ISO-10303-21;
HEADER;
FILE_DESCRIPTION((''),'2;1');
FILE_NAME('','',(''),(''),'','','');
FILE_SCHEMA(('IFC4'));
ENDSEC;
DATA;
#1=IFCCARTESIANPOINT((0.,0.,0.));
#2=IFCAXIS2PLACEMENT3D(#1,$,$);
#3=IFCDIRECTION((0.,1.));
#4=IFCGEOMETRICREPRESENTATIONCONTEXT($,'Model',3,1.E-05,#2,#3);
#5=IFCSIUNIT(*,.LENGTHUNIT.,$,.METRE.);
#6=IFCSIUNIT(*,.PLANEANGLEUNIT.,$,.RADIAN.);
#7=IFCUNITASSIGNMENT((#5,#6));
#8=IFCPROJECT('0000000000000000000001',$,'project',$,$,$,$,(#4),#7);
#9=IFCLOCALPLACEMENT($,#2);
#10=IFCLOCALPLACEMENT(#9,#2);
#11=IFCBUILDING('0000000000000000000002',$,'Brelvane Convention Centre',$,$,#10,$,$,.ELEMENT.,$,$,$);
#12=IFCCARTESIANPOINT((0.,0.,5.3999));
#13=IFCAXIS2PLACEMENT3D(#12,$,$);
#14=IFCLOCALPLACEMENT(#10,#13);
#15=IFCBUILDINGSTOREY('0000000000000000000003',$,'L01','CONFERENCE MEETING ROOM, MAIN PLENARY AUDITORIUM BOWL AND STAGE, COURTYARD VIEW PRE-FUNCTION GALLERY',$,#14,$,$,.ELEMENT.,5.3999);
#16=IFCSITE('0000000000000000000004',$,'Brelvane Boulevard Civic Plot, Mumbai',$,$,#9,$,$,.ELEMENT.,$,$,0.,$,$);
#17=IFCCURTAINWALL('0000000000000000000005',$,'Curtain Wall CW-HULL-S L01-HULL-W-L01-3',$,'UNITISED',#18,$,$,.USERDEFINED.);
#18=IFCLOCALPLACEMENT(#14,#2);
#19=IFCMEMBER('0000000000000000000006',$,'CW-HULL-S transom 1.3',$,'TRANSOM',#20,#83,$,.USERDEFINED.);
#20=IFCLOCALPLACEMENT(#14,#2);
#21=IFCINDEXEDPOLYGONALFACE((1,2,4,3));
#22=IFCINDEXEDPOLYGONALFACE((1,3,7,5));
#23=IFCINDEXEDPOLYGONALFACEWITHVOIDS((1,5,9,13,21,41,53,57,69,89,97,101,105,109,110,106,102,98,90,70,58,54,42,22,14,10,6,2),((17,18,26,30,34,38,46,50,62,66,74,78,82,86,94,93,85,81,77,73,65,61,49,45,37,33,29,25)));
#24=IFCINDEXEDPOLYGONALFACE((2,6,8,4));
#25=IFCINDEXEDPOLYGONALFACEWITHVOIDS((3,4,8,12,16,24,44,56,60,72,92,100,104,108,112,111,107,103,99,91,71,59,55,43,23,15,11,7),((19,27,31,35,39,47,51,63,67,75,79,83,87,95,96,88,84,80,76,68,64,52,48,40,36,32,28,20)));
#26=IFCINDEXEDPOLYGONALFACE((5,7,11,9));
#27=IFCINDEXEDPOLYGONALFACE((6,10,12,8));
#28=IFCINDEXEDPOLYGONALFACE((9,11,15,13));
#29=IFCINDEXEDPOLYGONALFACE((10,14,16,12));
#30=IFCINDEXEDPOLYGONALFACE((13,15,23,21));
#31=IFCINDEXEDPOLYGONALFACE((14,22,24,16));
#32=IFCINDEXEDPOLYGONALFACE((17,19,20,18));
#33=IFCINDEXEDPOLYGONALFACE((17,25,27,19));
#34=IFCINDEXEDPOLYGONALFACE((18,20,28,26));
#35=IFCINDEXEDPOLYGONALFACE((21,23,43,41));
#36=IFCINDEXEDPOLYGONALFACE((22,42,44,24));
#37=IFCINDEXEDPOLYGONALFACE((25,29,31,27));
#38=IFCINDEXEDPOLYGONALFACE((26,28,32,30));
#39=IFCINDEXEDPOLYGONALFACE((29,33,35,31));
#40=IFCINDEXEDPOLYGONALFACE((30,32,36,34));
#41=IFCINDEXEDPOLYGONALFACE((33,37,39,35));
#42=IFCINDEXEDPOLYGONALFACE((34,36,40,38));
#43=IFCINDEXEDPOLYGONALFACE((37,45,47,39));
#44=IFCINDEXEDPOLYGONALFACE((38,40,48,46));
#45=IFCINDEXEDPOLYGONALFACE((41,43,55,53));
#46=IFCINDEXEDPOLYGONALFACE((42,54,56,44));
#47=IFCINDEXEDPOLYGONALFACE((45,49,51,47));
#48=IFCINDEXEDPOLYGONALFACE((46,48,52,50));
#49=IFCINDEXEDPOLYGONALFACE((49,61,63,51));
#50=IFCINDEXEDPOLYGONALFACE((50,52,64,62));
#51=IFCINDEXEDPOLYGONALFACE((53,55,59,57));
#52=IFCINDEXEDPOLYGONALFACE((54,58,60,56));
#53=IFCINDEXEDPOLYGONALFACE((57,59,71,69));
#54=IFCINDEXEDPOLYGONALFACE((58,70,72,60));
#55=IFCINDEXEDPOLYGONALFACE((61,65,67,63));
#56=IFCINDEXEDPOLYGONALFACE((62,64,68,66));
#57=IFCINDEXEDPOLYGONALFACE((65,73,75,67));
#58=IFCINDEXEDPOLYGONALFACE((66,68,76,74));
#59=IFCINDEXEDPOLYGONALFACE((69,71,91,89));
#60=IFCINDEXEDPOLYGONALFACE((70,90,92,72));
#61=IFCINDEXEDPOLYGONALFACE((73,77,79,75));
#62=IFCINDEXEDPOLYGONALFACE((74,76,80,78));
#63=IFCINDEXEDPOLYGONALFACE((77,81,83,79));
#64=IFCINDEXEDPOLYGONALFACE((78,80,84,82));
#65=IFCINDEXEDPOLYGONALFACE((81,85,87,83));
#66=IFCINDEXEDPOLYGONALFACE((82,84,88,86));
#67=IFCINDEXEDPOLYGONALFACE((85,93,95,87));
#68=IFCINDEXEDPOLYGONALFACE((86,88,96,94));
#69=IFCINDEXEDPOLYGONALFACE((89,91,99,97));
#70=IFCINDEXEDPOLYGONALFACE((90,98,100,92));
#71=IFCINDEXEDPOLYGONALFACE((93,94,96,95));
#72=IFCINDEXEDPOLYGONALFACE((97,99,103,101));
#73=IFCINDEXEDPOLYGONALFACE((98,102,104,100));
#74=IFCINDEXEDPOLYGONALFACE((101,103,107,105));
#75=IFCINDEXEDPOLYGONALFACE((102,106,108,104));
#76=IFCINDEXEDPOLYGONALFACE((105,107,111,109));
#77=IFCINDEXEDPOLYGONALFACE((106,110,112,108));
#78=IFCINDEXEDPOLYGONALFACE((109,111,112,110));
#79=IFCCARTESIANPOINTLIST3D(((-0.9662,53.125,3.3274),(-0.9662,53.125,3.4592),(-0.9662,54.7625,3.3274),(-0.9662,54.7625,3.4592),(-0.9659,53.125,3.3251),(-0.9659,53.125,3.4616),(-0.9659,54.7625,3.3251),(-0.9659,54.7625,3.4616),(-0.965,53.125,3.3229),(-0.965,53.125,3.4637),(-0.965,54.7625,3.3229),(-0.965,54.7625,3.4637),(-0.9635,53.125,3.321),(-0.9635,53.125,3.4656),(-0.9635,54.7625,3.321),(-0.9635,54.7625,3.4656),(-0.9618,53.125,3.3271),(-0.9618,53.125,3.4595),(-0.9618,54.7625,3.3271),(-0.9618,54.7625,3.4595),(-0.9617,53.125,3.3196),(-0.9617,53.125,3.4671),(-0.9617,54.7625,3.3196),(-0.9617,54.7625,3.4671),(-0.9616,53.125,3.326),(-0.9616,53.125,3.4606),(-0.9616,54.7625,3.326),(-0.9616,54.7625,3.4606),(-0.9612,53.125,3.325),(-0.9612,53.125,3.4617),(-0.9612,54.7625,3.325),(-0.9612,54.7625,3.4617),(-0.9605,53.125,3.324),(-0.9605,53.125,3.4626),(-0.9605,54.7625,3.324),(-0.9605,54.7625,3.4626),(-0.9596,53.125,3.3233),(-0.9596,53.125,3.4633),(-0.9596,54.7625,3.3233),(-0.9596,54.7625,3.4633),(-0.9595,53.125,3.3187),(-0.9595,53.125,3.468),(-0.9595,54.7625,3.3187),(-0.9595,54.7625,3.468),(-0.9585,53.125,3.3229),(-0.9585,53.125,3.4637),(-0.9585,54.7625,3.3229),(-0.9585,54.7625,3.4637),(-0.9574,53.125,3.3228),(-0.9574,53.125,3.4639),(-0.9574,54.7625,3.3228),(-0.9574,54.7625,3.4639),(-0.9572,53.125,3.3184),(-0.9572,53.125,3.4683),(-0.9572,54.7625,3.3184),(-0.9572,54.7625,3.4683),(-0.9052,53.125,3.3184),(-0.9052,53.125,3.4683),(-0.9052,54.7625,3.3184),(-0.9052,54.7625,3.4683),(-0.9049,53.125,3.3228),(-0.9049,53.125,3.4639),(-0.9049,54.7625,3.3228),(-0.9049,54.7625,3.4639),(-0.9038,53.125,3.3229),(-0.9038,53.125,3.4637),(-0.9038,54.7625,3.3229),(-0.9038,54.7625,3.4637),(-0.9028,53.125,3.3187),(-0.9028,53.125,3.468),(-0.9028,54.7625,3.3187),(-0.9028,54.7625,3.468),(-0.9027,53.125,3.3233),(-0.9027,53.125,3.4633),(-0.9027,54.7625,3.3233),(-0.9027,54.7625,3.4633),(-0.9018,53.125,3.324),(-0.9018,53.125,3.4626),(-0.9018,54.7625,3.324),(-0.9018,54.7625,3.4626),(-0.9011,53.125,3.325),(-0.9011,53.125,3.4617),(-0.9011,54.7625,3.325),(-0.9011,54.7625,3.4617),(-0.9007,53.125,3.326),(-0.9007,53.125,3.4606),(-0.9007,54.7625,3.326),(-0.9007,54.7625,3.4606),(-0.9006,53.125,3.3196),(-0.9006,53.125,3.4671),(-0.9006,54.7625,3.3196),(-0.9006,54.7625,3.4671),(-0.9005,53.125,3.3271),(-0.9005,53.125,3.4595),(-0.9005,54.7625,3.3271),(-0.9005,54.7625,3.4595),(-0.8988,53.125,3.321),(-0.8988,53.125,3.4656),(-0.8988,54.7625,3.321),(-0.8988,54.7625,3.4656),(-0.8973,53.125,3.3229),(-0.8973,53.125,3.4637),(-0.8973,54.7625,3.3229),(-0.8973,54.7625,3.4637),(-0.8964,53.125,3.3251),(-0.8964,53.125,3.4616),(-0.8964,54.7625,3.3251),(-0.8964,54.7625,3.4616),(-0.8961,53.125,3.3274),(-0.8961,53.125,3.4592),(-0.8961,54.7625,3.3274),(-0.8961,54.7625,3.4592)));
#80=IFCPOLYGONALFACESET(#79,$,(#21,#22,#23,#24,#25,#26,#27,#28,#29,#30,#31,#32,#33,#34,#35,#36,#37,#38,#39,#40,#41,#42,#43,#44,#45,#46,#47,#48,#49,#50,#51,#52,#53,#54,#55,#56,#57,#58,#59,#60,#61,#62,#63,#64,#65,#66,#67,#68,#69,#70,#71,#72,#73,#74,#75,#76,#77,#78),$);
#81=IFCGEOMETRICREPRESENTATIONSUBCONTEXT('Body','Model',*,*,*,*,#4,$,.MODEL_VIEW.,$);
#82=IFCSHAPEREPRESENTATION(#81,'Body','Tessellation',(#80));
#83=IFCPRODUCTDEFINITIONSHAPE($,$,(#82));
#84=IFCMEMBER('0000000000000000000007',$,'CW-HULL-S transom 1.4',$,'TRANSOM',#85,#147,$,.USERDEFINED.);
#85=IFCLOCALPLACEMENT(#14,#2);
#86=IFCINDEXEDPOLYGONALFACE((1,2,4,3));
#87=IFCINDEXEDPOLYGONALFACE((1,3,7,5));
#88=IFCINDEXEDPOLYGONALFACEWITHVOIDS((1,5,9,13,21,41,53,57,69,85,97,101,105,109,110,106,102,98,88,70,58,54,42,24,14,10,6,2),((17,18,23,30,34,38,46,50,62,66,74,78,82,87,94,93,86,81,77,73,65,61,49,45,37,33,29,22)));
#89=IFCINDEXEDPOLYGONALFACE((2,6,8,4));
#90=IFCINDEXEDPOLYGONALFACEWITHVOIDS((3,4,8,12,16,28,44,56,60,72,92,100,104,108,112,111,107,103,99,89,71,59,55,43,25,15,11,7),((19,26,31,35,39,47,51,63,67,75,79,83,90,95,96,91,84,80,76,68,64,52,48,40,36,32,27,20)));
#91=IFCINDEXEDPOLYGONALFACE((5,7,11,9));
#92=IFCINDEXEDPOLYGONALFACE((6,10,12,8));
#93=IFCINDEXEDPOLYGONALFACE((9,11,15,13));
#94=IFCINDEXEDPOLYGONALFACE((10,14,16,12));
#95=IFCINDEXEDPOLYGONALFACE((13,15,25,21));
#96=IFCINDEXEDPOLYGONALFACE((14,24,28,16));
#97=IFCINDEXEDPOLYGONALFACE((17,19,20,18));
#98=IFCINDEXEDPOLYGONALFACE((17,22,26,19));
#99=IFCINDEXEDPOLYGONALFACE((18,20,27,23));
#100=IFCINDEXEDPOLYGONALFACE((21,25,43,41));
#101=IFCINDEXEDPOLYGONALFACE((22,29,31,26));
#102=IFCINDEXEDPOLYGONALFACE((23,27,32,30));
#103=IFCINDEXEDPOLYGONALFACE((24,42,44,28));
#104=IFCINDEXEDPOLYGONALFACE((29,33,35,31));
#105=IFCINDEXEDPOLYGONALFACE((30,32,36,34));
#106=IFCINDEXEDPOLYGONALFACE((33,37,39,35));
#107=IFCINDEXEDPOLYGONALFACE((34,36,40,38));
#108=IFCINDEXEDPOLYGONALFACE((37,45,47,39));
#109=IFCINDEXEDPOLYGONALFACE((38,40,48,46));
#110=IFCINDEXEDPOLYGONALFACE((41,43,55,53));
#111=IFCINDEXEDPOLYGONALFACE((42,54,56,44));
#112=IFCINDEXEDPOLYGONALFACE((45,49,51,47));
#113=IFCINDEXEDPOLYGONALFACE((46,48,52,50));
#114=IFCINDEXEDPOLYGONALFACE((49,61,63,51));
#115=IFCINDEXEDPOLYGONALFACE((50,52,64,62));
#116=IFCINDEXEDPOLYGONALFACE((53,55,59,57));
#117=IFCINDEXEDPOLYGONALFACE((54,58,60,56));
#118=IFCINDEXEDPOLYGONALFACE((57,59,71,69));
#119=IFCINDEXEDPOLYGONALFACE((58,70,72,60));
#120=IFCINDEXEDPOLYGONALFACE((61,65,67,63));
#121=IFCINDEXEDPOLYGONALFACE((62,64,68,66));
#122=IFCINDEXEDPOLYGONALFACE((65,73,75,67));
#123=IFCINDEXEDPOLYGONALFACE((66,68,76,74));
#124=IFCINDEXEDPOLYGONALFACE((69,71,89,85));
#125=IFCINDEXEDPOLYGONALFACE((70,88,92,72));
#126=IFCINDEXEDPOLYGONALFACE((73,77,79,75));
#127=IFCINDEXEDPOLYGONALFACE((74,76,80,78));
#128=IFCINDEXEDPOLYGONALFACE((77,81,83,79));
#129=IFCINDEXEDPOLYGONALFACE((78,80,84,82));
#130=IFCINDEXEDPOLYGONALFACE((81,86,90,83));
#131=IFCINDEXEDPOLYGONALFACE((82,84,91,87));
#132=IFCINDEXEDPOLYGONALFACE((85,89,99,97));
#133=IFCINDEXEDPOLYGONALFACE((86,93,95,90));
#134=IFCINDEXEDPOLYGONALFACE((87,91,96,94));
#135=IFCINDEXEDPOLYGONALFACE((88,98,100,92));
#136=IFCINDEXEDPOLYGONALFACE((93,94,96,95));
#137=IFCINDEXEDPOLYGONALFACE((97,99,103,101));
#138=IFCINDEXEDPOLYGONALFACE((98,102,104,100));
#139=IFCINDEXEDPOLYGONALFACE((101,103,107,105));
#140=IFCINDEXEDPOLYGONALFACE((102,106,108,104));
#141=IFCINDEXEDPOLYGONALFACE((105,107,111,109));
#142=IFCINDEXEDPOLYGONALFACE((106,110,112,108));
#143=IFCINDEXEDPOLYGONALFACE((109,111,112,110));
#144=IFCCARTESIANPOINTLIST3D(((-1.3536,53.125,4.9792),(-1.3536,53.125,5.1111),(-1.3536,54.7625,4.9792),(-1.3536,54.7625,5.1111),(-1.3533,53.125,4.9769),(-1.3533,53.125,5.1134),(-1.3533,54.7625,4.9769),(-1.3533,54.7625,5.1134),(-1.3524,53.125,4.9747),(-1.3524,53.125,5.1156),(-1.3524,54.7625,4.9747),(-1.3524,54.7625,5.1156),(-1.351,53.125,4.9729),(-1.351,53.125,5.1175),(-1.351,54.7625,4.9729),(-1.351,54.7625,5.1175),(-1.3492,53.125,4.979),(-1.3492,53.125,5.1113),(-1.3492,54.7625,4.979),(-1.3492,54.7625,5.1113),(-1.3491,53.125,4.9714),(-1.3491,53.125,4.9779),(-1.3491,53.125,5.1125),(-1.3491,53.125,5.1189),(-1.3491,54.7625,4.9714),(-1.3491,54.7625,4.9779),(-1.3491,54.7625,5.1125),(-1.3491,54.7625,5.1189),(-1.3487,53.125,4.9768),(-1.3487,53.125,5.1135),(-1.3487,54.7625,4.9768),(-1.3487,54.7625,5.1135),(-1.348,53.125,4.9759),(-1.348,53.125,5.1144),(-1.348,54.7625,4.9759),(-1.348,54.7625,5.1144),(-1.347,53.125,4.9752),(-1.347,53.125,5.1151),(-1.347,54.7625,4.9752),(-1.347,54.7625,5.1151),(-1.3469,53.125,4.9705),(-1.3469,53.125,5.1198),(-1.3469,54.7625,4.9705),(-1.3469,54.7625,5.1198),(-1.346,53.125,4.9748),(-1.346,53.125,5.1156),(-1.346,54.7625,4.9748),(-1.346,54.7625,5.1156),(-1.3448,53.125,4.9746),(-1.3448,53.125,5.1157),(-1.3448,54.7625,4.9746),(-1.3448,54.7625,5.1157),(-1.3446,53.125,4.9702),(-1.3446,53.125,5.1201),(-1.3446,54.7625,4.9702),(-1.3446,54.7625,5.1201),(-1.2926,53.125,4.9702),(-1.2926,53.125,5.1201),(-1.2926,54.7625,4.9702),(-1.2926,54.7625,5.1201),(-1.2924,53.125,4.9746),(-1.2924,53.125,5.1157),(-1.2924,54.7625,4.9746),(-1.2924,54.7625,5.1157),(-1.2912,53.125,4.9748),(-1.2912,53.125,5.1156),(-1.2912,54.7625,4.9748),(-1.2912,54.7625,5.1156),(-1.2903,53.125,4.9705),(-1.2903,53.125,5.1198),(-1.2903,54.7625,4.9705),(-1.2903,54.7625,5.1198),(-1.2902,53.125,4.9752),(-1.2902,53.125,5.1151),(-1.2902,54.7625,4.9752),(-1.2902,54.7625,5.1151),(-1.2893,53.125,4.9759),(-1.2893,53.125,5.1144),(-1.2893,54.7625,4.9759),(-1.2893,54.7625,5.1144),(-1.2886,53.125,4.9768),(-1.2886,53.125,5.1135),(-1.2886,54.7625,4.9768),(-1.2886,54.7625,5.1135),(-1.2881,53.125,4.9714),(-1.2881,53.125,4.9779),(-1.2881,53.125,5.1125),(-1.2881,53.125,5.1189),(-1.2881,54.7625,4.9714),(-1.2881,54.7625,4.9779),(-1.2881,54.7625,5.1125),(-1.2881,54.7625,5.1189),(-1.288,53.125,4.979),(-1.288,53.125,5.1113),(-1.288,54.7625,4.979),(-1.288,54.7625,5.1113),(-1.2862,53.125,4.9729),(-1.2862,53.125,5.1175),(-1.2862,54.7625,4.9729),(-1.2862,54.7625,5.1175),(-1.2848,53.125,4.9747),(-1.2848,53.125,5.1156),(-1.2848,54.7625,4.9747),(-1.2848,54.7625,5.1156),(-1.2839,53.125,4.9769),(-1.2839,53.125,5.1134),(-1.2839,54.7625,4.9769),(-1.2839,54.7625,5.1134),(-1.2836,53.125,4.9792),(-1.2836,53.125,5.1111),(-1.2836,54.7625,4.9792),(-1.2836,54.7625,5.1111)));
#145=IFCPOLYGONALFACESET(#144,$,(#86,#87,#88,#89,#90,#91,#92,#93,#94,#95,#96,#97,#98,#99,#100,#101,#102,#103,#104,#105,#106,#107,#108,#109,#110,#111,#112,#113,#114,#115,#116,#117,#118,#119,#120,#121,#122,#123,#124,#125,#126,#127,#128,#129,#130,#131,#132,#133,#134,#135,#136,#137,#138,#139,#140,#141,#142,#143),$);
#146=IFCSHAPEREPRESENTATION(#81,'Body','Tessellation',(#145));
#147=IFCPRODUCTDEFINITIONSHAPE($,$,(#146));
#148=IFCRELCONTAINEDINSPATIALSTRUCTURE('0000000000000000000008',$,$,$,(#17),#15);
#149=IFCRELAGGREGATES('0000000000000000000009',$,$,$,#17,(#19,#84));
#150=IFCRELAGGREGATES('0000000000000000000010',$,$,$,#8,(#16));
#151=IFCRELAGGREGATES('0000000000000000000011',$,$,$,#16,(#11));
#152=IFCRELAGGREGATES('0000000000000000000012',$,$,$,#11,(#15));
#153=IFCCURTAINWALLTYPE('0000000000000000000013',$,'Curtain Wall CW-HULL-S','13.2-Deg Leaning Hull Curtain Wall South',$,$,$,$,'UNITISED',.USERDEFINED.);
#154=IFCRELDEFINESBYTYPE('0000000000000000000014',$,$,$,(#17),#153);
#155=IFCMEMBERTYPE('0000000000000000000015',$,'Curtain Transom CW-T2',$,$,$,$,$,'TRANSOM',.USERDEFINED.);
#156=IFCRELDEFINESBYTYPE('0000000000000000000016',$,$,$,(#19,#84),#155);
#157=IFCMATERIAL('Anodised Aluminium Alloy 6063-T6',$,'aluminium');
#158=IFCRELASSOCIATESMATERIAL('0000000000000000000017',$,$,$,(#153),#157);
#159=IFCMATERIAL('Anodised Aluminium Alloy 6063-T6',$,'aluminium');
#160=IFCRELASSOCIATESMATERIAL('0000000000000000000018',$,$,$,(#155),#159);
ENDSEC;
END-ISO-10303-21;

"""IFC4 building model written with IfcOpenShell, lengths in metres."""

from ifc_helpers import new_model, si_unit, direction, frame, origin, origin_2d, place, context, subcontext, project, spatial, hollow_rectangle, extrude, material, material_profile, profile_set, type_object, element, aggregate, save


model = new_model("IFC4")

# Units and contexts
model_context = context("Model", 3, precision=1e-05, world=origin(), true_north=direction((0.0, 1.0)))
body_context = subcontext(model_context, "Body", "Model", "MODEL_VIEW")
ifc_project = project(units=[si_unit("LENGTHUNIT", "METRE"), si_unit("PLANEANGLEUNIT", "RADIAN")], contexts=[model_context])

# Site, building, storey
site_placement = place(None, origin())
site = spatial("IfcSite", under=ifc_project, at=site_placement, Name="Brelvane Boulevard Civic Plot, Mumbai", CompositionType="ELEMENT", RefElevation=0.0)
building_placement = place(site_placement, origin())
building = spatial("IfcBuilding", under=site, at=building_placement, Name="Brelvane Convention Centre", CompositionType="ELEMENT")
storey_placement = place(building_placement, frame((0.0, 0.0, 5.3999)))
storey = spatial("IfcBuildingStorey", under=building, at=storey_placement, Name="L01", Description="CONFERENCE MEETING ROOM, MAIN PLENARY AUDITORIUM BOWL AND STAGE, COURTYARD VIEW PRE-FUNCTION GALLERY", CompositionType="ELEMENT", Elevation=5.3999)

# Shared definitions
ifc_material_1 = material(Name="Anodised Aluminium Alloy 6063-T6", Category="aluminium")
curtain_wall_type = type_object("IfcCurtainWallType", Name="Curtain Wall CW-HULL-S", Description="13.2-Deg Leaning Hull Curtain Wall South", ElementType="UNITISED", PredefinedType="USERDEFINED", material=ifc_material_1)

# Curtain wall, members
curtain_wall_1_placement = place(storey_placement, origin())
curtain_wall_1 = element("IfcCurtainWall", 1, at=curtain_wall_1_placement, inside=storey, type_object=curtain_wall_type, Name="Curtain Wall CW-HULL-S L01-HULL-W-L01-3", ObjectType="UNITISED", PredefinedType="USERDEFINED")
ifc_material_2 = material(Name="Anodised Aluminium Alloy 6063-T6", Category="aluminium")
ifc_material_profile_1 = material_profile(ifc_material_2, hollow_rectangle(XDim=0.0701, YDim=0.1499, WallThickness=0.0044, InnerFilletRadius=0.0044, OuterFilletRadius=0.009, at=origin_2d()), Name="ALU-T 150x70x4.5")
ifc_profile_set_1 = profile_set([ifc_material_profile_1], Name="Anodised Aluminium Alloy 6063-T6")
member_type_1 = type_object("IfcMemberType", Name="Curtain Transom CW-T2", ElementType="TRANSOM", PredefinedType="USERDEFINED", material=ifc_profile_set_1)
member_1_placement = place(storey_placement, frame((-0.9312, 53.125, 3.3933), z_axis=(0.0, 1.0, 0.0), x_axis=(-1.0, 0.0, 0.0)))
member_1 = element("IfcMember", 2, at=member_1_placement, type_object=member_type_1, Name="CW-HULL-S transom 1.3", ObjectType="TRANSOM", PredefinedType="USERDEFINED", context=body_context, shape_type="SweptSolid", body=[
    extrude(hollow_rectangle(XDim=0.0701, YDim=0.1499, WallThickness=0.0044, InnerFilletRadius=0.0044, OuterFilletRadius=0.009, at=origin_2d()), origin(), (0.0, 0.0, 1.0), 1.6375),
])
member_2_placement = place(storey_placement, frame((-1.3186, 53.125, 5.0452), z_axis=(0.0, 1.0, 0.0), x_axis=(-1.0, 0.0, 0.0)))
member_2 = element("IfcMember", 3, at=member_2_placement, type_object=member_type_1, Name="CW-HULL-S transom 1.4", ObjectType="TRANSOM", PredefinedType="USERDEFINED", context=body_context, shape_type="SweptSolid", body=[
    extrude(hollow_rectangle(XDim=0.0701, YDim=0.1499, WallThickness=0.0044, InnerFilletRadius=0.0044, OuterFilletRadius=0.009, at=origin_2d()), origin(), (0.0, 0.0, 1.0), 1.6375),
])

aggregate(curtain_wall_1, [member_1, member_2])

save(model, "model.ifc")
